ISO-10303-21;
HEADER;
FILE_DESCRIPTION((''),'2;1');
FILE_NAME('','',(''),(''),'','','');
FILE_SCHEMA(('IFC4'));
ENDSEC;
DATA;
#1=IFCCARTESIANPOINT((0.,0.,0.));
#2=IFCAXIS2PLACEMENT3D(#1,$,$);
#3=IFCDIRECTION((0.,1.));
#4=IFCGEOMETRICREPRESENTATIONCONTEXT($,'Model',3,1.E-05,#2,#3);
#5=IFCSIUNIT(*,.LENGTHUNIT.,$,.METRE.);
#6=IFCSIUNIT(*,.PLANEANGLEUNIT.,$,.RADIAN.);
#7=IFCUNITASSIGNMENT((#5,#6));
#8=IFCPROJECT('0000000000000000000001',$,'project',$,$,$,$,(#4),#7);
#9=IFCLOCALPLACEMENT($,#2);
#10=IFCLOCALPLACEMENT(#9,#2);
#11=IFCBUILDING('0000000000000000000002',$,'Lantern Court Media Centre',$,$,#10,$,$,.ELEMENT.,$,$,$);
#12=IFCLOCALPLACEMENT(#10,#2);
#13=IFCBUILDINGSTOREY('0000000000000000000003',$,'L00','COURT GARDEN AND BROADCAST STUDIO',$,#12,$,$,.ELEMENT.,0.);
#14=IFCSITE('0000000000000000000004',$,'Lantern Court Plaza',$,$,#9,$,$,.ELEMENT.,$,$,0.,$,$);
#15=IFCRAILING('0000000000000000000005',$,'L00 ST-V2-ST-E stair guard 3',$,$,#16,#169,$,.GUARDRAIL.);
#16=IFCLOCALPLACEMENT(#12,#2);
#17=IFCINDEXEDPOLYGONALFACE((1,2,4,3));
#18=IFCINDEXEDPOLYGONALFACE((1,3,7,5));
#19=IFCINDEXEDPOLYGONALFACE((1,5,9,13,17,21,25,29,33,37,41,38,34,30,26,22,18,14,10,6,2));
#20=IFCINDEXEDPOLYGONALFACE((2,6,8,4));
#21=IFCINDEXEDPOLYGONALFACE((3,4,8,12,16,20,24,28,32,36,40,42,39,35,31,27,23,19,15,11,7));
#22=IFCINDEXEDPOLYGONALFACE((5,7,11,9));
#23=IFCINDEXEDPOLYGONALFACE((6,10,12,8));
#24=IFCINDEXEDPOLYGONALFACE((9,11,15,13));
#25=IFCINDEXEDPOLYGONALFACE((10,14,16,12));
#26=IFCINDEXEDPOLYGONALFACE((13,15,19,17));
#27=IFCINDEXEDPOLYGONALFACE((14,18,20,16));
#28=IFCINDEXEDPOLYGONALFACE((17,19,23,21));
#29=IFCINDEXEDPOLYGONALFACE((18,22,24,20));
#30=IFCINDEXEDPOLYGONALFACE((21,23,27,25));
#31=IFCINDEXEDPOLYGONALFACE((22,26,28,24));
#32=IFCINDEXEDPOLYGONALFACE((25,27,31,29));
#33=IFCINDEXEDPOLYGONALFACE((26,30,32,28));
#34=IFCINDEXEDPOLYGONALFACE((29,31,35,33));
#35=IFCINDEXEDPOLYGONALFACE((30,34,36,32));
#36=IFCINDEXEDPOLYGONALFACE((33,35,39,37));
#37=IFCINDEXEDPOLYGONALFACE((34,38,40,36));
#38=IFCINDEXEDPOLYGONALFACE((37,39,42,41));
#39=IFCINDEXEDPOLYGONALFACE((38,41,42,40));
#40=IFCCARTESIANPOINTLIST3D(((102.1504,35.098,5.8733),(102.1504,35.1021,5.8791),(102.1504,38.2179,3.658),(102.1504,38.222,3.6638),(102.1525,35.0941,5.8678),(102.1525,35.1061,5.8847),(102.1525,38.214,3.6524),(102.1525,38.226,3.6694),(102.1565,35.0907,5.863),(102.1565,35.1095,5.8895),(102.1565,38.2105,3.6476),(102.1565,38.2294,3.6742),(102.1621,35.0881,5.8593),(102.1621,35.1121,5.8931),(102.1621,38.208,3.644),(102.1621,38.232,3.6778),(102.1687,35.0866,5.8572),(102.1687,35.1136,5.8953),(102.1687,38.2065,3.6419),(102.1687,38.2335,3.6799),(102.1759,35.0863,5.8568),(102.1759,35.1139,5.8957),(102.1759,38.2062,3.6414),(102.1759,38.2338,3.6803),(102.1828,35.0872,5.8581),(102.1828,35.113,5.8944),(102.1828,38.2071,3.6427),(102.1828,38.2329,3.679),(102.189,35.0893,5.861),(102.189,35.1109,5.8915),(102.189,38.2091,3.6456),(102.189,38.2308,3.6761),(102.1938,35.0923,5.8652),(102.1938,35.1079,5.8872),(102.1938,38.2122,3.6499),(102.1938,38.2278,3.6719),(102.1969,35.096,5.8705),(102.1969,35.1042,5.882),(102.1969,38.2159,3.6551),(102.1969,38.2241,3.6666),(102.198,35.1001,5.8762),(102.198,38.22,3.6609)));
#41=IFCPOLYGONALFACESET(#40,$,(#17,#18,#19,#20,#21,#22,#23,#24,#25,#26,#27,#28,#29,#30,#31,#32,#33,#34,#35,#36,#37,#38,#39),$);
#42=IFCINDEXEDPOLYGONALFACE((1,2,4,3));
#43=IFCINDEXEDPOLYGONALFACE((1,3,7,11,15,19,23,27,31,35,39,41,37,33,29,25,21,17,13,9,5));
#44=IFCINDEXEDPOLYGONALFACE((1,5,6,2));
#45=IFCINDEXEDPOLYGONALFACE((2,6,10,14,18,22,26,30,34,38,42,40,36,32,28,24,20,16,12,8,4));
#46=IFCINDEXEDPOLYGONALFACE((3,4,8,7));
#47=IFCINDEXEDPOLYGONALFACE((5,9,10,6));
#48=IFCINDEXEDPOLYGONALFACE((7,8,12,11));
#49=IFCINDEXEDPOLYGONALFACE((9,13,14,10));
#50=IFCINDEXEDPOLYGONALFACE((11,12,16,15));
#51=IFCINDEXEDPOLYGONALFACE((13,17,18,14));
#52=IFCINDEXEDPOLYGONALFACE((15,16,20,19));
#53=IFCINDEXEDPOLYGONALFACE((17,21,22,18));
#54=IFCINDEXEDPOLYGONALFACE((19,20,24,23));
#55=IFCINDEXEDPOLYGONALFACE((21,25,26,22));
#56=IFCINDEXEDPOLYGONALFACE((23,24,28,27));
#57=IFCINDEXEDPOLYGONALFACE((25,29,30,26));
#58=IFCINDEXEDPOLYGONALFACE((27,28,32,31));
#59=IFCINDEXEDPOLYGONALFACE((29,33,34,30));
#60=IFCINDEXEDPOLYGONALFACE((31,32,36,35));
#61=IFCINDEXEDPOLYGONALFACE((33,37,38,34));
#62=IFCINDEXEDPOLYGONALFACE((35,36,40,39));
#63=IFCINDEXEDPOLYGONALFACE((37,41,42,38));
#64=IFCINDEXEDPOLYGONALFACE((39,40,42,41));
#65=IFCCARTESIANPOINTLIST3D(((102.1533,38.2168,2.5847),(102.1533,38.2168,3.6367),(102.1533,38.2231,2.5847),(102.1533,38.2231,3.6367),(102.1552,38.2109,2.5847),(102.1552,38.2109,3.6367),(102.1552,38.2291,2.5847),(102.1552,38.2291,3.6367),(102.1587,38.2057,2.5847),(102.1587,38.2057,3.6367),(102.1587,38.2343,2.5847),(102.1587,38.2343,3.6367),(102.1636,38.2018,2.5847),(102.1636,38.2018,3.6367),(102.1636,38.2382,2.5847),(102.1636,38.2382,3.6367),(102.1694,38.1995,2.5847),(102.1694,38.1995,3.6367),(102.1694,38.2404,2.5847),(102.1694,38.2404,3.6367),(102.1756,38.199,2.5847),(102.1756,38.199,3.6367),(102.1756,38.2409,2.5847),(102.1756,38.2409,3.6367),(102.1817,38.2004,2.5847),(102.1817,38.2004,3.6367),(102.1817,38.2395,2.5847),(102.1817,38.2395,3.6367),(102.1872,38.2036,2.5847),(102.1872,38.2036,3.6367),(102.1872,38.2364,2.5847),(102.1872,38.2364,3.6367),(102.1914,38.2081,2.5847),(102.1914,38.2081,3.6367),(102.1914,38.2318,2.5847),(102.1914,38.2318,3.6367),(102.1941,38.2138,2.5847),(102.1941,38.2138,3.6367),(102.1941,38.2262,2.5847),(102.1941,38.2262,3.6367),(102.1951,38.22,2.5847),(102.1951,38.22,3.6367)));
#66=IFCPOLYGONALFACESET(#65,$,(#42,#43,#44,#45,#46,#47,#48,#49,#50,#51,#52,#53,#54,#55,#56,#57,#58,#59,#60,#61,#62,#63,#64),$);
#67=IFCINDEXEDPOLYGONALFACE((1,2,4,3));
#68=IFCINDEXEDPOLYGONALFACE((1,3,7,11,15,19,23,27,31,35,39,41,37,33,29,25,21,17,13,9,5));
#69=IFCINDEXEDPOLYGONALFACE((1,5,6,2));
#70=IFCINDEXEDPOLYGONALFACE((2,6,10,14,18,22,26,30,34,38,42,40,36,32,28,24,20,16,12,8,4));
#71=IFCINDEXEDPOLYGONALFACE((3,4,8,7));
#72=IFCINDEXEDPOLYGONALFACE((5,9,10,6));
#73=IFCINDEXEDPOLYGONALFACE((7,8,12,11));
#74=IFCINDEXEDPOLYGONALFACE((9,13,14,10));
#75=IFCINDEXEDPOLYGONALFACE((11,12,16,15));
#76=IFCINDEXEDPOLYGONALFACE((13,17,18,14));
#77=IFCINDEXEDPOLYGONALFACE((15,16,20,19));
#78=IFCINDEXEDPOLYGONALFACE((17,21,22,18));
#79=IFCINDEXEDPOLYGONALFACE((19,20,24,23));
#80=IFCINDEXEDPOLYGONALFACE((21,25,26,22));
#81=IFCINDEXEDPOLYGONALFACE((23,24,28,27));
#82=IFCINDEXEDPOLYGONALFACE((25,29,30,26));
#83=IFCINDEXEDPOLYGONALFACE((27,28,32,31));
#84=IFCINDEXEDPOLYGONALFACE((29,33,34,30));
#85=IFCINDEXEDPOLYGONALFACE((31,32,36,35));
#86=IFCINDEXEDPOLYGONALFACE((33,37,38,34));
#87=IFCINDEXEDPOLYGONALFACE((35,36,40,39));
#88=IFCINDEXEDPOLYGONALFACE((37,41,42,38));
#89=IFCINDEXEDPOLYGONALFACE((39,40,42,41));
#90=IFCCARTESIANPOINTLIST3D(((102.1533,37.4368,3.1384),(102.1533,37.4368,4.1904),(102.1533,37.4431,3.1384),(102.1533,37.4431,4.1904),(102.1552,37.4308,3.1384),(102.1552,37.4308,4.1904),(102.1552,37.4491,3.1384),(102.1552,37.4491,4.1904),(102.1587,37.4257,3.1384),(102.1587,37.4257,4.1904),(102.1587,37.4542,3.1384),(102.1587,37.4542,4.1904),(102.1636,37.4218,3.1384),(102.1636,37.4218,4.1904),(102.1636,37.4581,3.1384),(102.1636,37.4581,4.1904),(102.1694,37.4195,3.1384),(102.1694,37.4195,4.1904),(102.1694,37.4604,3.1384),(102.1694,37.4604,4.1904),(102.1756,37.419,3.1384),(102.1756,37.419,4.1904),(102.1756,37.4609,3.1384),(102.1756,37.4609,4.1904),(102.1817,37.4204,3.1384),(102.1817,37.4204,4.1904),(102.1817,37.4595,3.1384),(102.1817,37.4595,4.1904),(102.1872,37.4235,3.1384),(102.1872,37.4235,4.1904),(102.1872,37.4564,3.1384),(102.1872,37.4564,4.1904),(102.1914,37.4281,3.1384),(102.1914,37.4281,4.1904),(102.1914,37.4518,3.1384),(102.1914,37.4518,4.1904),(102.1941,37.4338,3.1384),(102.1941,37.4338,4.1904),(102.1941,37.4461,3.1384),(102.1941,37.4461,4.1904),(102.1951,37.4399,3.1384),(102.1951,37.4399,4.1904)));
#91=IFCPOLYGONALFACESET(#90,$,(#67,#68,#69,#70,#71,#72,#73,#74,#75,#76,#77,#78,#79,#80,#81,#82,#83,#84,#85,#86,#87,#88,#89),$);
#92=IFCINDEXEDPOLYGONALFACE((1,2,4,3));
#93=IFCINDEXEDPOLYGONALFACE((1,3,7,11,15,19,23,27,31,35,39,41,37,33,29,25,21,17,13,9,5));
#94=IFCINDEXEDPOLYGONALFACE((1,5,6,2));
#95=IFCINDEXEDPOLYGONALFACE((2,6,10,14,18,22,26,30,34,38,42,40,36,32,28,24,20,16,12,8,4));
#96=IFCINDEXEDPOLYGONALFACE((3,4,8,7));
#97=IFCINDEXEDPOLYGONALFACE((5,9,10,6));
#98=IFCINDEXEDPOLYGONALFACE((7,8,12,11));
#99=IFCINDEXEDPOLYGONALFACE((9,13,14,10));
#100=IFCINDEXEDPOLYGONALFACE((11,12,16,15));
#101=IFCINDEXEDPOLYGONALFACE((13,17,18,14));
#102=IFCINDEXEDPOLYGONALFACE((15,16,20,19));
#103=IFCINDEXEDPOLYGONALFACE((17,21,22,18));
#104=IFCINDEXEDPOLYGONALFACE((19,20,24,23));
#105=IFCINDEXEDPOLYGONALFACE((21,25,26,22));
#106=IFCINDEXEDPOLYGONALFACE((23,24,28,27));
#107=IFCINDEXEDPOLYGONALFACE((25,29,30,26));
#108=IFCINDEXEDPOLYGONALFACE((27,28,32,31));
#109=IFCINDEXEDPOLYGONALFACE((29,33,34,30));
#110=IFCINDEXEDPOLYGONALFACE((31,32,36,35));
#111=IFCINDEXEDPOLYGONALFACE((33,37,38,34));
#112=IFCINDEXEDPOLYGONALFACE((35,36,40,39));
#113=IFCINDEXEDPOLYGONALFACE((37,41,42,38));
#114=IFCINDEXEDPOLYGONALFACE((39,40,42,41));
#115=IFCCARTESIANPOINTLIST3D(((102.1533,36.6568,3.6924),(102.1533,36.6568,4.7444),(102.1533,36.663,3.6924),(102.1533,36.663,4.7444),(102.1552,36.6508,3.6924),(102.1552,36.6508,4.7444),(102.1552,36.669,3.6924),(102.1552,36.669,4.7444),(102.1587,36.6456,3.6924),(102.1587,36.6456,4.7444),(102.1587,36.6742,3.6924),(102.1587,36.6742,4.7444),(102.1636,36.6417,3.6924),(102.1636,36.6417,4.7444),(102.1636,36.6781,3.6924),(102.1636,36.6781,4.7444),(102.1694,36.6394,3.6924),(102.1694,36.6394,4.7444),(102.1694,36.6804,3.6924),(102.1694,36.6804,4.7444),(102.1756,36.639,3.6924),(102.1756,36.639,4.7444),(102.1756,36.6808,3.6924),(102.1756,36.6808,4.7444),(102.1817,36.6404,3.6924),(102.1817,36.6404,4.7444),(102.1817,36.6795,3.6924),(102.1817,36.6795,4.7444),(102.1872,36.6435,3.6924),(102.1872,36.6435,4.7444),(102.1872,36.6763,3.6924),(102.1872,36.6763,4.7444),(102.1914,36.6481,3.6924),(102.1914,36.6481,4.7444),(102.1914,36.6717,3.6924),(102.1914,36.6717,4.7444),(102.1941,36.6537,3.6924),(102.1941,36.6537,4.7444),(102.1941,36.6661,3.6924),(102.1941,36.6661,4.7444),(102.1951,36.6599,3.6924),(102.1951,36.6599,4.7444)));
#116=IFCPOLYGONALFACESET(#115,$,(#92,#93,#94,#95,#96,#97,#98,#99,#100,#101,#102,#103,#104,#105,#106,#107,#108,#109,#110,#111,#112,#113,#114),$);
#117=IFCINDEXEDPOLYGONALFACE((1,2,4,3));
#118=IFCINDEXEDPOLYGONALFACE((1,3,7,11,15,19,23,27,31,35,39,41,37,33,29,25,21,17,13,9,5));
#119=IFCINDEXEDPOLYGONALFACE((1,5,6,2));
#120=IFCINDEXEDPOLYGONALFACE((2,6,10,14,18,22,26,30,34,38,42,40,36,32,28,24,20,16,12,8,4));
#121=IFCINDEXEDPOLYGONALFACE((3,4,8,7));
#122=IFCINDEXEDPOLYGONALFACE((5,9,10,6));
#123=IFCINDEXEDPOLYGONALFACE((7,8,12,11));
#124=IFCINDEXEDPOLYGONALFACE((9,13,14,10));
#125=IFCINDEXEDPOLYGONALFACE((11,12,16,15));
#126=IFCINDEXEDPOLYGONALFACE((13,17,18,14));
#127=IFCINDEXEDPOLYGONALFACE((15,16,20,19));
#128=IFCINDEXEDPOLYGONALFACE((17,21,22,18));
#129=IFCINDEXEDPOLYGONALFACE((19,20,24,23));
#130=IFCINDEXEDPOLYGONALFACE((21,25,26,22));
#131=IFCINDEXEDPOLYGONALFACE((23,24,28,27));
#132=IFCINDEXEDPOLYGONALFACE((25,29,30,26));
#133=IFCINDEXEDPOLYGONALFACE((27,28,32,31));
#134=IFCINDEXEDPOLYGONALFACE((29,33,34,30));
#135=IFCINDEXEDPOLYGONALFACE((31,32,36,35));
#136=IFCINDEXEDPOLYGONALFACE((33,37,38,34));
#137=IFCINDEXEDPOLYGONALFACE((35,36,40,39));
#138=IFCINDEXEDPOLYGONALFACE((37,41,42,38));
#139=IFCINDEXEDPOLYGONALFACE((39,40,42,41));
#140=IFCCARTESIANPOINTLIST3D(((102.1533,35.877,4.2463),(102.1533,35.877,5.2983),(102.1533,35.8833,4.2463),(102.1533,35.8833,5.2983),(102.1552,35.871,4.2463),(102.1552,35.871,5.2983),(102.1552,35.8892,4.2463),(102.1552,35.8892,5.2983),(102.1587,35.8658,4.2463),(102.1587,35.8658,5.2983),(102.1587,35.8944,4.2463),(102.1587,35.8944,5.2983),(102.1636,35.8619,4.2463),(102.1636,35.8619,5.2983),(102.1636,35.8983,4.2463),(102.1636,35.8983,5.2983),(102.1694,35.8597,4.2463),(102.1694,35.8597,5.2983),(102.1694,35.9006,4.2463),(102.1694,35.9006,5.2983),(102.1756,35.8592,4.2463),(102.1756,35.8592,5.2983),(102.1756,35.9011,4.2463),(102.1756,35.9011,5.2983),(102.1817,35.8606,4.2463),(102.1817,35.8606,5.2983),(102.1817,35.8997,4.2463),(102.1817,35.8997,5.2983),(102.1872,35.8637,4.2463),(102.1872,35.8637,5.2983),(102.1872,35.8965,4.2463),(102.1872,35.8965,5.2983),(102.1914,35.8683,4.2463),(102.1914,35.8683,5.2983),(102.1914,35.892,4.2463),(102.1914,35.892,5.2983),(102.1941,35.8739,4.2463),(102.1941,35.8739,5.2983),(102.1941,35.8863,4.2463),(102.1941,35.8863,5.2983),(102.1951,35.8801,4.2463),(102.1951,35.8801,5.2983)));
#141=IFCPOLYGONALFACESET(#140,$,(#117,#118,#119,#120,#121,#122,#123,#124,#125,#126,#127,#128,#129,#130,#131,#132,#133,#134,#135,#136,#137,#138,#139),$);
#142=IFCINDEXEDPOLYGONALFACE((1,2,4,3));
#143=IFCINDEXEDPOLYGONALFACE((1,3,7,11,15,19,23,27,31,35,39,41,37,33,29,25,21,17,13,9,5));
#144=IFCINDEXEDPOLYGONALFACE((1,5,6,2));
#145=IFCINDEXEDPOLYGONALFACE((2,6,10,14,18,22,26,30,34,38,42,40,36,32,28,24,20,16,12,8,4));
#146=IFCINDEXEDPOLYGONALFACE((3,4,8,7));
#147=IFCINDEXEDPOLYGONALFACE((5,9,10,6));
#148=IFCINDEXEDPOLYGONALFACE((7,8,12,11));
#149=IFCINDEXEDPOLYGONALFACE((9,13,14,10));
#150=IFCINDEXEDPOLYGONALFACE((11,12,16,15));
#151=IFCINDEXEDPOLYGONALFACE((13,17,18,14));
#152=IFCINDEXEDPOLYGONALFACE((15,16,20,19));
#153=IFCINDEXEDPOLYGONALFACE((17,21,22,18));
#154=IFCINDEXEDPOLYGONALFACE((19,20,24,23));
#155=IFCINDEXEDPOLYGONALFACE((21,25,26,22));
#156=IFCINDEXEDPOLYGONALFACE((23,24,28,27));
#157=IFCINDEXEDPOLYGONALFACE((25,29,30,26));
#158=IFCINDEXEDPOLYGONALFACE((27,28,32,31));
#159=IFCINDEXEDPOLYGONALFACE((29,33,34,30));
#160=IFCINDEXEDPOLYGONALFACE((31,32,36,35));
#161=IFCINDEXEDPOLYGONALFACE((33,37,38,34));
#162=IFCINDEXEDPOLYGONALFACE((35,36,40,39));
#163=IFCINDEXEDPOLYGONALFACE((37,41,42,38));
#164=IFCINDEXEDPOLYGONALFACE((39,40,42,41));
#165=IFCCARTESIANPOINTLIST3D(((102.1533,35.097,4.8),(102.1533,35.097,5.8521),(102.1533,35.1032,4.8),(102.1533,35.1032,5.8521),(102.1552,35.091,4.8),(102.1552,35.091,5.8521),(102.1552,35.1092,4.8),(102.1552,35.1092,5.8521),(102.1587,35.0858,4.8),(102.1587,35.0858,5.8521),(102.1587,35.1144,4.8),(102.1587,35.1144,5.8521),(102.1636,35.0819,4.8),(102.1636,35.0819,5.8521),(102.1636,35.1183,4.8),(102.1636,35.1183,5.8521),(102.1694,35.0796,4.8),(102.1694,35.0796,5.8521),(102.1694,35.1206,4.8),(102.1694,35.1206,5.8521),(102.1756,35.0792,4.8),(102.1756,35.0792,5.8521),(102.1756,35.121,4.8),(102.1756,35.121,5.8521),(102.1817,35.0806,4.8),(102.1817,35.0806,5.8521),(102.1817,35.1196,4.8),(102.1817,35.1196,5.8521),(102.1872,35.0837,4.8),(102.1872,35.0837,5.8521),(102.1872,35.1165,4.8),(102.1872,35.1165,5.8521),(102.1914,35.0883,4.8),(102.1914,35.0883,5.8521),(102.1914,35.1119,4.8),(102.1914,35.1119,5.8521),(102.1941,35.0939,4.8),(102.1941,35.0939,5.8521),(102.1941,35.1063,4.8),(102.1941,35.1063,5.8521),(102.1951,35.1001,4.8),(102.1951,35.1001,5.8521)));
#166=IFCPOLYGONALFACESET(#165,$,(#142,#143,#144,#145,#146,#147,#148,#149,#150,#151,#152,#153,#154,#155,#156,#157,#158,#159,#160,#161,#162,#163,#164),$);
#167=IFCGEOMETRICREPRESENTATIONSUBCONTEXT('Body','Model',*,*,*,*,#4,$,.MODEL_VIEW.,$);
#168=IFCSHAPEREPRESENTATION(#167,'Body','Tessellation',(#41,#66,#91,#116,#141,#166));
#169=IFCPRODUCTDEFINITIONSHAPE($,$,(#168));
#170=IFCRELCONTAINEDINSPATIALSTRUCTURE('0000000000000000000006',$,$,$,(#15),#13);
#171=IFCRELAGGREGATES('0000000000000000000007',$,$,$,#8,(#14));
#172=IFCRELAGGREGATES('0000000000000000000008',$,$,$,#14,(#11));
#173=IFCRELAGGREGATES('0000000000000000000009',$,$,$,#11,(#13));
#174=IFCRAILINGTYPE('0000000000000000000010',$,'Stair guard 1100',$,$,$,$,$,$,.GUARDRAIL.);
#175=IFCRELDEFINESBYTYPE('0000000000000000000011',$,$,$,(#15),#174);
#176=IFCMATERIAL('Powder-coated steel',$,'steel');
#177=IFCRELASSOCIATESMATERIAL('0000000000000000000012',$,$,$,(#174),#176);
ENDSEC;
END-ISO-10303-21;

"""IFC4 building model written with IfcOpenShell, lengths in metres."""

from ifc_helpers import new_model, si_unit, direction, frame, origin, origin_2d, place, context, subcontext, project, spatial, circle, extrude, material, type_object, element, save


model = new_model("IFC4")

# Units and contexts
model_context = context("Model", 3, precision=1e-05, world=origin(), true_north=direction((0.0, 1.0)))
body_context = subcontext(model_context, "Body", "Model", "MODEL_VIEW")
ifc_project = project(units=[si_unit("LENGTHUNIT", "METRE"), si_unit("PLANEANGLEUNIT", "RADIAN")], contexts=[model_context])

# Site, building, storey
site_placement = place(None, origin())
site = spatial("IfcSite", under=ifc_project, at=site_placement, Name="Lantern Court Plaza", CompositionType="ELEMENT", RefElevation=0.0)
building_placement = place(site_placement, origin())
building = spatial("IfcBuilding", under=site, at=building_placement, Name="Lantern Court Media Centre", CompositionType="ELEMENT")
storey_placement = place(building_placement, origin())
storey = spatial("IfcBuildingStorey", under=building, at=storey_placement, Name="L00", Description="COURT GARDEN AND BROADCAST STUDIO", CompositionType="ELEMENT", Elevation=0.0)

# Railing
ifc_material_1 = material(Name="Powder-coated steel", Category="steel")
railing_type_1 = type_object("IfcRailingType", Name="Stair guard 1100", PredefinedType="GUARDRAIL", material=ifc_material_1)
railing_1_placement = place(storey_placement, frame((102.1741, 38.22, 2.5847)))
element("IfcRailing", 1, at=railing_1_placement, inside=storey, type_object=railing_type_1, Name="L00 ST-V2-ST-E stair guard 3", PredefinedType="GUARDRAIL", context=body_context, shape_type="SweptSolid", body=[
    extrude(circle(Radius=0.0239, at=origin_2d()), frame((0.0, 0.0, 1.0762), z_axis=(0.0, -0.815356, 0.578961), x_axis=(1.0, 0.0, 0.0)), (0.0, 0.0, 1.0), 3.8264),
    extrude(circle(Radius=0.021, at=origin_2d()), origin(), (0.0, 0.0, 1.0), 1.052),
    extrude(circle(Radius=0.021, at=origin_2d()), frame((0.0, -0.78, 0.5537)), (0.0, 0.0, 1.0), 1.052),
    extrude(circle(Radius=0.021, at=origin_2d()), frame((0.0, -1.5601, 1.1077)), (0.0, 0.0, 1.0), 1.052),
    extrude(circle(Radius=0.021, at=origin_2d()), frame((0.0, -2.3398, 1.6616)), (0.0, 0.0, 1.0), 1.052),
    extrude(circle(Radius=0.021, at=origin_2d()), frame((0.0, -3.1199, 2.2153)), (0.0, 0.0, 1.0), 1.052),
])

save(model, "model.ifc")
